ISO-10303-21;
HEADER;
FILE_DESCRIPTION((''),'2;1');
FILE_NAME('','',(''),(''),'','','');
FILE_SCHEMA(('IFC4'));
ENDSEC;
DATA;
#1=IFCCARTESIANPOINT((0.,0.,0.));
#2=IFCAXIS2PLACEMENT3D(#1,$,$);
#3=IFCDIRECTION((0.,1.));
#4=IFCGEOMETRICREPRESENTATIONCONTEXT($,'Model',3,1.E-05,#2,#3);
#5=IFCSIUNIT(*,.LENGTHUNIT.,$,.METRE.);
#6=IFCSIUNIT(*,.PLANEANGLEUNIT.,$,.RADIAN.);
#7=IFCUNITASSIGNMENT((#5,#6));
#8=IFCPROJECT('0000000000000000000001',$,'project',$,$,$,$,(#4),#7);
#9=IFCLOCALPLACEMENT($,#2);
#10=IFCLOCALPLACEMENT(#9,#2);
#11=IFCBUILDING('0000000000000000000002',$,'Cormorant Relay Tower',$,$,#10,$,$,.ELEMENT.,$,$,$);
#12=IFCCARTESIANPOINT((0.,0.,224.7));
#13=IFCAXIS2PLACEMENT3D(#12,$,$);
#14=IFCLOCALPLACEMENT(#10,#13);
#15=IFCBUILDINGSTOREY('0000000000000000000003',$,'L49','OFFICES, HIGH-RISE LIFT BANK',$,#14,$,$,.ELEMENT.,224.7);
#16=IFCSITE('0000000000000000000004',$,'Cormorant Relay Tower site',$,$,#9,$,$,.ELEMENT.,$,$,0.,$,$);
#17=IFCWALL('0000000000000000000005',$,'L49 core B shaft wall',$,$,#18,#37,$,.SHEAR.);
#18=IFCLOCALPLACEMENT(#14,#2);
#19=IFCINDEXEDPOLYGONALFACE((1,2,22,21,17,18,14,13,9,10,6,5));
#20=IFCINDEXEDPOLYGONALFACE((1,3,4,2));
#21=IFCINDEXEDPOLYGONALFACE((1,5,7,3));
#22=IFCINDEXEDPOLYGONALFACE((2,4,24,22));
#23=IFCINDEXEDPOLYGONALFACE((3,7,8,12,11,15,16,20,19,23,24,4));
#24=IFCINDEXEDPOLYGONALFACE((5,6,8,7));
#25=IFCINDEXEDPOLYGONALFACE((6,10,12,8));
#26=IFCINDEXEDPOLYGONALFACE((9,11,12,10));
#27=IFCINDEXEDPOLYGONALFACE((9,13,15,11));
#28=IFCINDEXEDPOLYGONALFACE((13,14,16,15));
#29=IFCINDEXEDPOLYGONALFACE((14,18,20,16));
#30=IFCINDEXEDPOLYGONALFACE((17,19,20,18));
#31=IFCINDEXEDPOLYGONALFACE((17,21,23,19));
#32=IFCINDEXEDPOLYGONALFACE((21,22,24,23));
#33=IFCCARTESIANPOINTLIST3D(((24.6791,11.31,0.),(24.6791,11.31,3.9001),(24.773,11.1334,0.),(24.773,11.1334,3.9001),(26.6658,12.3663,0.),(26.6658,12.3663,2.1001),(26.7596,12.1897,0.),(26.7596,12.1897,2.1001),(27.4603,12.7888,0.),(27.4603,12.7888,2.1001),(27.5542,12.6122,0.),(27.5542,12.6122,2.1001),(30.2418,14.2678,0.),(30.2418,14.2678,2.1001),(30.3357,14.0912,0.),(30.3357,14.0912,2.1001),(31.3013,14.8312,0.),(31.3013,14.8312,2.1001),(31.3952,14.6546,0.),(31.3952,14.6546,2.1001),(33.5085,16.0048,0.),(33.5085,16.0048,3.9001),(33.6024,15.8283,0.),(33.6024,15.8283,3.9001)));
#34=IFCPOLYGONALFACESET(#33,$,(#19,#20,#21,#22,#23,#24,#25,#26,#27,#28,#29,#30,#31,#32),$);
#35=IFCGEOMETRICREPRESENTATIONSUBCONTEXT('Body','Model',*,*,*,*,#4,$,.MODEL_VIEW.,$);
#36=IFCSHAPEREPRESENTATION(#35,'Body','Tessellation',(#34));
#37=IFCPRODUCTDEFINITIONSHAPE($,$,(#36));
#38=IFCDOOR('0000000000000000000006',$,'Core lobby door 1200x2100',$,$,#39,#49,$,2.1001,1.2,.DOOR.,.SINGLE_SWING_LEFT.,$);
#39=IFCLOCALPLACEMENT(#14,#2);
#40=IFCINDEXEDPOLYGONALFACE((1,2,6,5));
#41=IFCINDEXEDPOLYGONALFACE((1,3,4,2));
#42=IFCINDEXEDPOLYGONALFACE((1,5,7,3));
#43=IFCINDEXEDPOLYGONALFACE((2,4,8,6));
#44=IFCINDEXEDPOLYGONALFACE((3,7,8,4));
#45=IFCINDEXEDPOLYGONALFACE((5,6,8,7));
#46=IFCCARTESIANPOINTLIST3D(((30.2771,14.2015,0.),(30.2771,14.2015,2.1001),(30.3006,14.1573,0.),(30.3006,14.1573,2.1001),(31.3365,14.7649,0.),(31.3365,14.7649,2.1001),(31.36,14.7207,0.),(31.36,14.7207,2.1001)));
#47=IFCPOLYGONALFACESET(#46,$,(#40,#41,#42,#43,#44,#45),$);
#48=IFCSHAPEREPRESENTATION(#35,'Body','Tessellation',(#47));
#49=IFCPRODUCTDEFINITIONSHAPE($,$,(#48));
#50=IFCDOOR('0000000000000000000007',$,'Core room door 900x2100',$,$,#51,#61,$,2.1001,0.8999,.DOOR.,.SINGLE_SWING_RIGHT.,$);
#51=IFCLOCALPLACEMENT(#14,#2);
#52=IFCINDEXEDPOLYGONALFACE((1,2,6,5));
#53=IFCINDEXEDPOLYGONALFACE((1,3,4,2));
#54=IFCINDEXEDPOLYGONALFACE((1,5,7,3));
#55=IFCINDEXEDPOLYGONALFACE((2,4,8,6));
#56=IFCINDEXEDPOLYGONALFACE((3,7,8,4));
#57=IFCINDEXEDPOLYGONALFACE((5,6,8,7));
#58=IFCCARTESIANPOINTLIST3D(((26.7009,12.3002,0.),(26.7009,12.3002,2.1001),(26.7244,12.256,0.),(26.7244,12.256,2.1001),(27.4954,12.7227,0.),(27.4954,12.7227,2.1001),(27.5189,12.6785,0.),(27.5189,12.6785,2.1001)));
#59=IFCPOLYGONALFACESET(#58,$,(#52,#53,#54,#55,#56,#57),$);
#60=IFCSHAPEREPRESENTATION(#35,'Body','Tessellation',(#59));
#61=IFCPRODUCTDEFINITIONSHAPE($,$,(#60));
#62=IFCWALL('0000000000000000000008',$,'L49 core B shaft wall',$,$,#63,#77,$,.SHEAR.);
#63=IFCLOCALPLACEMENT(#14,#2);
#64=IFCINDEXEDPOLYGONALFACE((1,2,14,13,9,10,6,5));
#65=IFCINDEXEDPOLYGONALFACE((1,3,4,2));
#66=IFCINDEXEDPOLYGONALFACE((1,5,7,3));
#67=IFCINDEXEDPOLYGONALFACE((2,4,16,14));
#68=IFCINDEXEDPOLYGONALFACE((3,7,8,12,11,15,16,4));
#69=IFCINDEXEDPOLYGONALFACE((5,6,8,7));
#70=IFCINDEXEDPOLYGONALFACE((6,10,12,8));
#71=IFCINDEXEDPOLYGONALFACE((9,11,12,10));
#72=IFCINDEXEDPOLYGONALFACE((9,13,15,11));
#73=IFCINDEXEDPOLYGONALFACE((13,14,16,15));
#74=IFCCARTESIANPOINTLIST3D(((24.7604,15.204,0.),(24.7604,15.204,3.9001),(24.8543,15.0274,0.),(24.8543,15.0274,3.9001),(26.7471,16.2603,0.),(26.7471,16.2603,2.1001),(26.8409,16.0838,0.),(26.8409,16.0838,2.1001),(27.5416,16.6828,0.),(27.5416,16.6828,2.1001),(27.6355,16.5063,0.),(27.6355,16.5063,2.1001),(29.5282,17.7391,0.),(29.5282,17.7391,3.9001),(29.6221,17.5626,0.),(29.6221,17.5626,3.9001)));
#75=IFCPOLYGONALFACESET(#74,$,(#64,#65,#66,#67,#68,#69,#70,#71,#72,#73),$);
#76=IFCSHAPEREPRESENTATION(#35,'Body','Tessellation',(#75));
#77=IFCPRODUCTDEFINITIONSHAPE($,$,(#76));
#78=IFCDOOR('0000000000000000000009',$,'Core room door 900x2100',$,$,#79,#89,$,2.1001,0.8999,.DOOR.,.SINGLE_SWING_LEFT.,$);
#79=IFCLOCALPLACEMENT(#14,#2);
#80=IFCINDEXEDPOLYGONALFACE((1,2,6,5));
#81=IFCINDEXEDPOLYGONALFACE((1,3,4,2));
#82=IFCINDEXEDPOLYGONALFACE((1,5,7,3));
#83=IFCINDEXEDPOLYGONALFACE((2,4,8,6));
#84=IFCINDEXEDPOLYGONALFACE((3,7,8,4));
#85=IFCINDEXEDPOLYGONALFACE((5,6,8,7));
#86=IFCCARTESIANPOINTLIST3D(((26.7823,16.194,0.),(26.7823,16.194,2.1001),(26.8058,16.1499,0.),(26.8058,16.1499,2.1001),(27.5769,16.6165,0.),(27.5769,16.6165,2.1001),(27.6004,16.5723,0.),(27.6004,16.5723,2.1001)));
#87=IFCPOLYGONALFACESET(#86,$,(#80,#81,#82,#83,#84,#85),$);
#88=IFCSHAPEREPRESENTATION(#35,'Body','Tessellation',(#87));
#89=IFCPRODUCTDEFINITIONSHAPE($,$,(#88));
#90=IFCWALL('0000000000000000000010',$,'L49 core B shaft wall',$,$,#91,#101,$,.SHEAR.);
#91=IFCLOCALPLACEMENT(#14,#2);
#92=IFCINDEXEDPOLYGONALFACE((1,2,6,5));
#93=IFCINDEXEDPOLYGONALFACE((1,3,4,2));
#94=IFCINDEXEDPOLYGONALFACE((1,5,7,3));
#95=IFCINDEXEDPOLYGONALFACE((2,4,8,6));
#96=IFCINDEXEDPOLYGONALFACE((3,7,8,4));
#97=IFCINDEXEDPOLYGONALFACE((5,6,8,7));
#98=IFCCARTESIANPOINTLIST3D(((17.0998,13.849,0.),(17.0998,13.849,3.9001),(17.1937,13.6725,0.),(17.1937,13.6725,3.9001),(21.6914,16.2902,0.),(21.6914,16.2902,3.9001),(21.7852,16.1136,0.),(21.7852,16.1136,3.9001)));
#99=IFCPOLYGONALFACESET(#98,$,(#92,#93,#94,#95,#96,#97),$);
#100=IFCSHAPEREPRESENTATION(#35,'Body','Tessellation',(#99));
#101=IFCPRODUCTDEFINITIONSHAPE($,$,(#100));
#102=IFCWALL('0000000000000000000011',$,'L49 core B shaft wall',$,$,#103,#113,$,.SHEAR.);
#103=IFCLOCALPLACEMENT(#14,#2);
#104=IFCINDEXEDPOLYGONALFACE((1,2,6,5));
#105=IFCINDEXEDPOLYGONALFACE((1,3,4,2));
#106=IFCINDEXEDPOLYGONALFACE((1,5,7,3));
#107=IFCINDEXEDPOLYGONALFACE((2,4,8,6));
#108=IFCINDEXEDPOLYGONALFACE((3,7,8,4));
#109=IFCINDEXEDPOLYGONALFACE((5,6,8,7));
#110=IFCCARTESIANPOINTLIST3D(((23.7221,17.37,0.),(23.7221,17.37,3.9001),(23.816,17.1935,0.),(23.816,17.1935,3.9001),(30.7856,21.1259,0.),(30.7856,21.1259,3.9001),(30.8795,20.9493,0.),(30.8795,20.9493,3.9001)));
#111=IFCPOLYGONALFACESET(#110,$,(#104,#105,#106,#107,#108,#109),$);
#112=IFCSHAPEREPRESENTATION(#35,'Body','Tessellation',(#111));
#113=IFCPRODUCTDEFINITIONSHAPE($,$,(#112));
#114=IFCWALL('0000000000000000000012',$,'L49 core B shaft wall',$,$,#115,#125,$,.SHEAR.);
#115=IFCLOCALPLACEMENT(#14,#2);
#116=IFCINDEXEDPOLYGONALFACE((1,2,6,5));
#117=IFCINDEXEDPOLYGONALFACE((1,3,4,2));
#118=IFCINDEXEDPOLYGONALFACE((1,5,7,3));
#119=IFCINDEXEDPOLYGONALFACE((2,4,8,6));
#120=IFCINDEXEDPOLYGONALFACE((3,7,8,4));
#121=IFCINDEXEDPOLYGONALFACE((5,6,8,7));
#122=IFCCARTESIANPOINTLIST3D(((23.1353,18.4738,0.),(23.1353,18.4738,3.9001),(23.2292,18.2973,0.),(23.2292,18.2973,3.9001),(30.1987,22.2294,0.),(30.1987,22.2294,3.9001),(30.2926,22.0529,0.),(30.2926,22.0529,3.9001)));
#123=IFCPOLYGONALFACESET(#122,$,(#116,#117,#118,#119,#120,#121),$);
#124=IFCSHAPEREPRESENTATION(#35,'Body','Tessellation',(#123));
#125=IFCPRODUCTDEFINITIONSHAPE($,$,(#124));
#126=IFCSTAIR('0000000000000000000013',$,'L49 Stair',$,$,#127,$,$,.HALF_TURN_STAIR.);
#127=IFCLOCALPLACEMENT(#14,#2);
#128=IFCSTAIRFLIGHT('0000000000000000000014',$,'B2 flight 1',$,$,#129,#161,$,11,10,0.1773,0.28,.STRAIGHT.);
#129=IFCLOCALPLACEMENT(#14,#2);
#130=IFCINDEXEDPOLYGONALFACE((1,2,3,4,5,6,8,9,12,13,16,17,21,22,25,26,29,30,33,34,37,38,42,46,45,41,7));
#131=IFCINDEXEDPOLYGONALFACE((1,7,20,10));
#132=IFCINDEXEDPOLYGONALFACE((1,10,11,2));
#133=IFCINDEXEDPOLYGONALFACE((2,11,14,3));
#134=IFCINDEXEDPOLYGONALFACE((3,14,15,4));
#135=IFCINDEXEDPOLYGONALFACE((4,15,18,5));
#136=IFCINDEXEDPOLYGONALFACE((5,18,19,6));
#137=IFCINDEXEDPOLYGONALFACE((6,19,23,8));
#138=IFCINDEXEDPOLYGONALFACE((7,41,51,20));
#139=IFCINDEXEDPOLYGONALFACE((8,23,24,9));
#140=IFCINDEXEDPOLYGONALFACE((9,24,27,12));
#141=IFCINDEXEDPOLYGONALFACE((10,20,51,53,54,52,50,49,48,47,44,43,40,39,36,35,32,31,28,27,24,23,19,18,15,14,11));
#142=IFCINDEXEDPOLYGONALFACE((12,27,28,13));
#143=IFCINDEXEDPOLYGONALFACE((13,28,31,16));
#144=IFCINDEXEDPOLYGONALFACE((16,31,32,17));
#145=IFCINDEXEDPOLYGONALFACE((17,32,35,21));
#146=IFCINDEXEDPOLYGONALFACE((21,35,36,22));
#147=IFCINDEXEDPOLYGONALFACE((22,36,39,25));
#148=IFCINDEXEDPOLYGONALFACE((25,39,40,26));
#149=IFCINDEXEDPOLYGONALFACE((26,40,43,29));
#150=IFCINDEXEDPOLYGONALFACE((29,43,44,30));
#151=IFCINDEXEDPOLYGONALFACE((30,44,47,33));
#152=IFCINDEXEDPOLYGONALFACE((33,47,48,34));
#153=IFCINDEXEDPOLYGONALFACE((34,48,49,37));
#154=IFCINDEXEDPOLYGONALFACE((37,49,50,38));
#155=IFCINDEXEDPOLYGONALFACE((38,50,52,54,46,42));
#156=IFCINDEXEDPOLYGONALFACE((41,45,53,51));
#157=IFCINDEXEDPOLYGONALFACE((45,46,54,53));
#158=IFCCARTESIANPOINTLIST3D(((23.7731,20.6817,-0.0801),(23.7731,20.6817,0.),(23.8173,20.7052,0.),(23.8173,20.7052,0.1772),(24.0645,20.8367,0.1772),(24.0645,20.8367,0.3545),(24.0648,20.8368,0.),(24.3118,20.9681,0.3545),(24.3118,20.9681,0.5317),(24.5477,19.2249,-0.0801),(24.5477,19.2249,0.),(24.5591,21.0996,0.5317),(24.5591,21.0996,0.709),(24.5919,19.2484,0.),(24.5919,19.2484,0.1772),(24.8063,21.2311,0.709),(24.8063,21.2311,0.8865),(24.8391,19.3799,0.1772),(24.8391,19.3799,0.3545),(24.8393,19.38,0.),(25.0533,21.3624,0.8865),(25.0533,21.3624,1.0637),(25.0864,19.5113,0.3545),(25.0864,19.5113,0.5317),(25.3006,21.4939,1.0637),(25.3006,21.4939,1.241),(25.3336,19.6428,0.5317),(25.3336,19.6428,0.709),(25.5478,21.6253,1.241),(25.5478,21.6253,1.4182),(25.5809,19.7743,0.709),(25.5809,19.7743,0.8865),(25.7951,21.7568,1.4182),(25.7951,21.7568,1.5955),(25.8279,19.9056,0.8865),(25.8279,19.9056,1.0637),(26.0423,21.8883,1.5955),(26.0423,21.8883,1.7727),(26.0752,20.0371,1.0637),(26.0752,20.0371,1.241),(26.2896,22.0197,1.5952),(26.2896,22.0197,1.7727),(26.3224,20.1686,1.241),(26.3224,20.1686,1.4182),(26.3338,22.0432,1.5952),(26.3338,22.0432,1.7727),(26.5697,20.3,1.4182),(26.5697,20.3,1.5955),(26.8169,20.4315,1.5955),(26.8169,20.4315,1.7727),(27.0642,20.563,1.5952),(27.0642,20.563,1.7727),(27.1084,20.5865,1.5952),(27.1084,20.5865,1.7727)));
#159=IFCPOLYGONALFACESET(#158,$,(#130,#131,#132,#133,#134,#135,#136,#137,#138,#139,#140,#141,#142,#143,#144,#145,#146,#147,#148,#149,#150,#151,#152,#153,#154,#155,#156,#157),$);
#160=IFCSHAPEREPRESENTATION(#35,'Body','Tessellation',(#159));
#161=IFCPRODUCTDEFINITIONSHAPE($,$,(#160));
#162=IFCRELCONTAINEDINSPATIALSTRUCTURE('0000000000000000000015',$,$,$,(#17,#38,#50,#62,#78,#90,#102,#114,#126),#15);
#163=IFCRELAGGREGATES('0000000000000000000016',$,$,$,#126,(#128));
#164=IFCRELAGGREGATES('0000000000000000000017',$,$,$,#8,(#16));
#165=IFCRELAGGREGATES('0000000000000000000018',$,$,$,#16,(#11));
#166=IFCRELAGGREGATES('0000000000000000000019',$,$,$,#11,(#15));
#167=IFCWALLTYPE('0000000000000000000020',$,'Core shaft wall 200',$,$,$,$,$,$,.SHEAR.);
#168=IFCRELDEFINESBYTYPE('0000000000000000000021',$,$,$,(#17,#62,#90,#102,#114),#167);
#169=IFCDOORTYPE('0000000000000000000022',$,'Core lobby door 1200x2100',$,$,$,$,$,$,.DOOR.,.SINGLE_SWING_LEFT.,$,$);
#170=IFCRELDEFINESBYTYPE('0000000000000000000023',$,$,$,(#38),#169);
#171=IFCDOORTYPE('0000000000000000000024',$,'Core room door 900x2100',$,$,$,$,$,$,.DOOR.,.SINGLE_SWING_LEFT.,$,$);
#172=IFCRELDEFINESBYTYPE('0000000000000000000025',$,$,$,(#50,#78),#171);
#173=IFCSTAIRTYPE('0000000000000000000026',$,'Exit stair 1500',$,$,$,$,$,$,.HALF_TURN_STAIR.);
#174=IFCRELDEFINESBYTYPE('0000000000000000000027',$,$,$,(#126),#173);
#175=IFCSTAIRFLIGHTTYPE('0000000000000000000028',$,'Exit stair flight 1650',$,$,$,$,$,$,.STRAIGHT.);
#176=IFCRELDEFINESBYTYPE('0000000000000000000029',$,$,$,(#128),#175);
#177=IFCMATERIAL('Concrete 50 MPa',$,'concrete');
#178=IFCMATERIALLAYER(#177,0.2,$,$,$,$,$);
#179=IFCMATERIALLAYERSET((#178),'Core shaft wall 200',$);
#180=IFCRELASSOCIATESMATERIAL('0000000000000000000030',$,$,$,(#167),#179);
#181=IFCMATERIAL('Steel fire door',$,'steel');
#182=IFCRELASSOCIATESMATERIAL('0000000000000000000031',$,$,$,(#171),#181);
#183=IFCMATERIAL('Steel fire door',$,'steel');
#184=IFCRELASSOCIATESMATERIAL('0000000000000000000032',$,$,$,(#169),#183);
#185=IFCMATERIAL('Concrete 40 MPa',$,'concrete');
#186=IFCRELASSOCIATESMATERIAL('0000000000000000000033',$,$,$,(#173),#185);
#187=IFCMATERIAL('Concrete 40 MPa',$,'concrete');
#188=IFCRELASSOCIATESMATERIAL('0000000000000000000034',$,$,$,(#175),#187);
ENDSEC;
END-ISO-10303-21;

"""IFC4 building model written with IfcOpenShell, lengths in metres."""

from ifc_helpers import new_model, si_unit, direction, frame, frame_2d, origin, place, context, subcontext, project, spatial, polyline, rectangle, outline, extrude, material, layer, layer_set, type_object, element, fill, aggregate, save


model = new_model("IFC4")

# Units and contexts
model_context = context("Model", 3, precision=1e-05, world=origin(), true_north=direction((0.0, 1.0)))
body_context = subcontext(model_context, "Body", "Model", "MODEL_VIEW")
ifc_project = project(units=[si_unit("LENGTHUNIT", "METRE"), si_unit("PLANEANGLEUNIT", "RADIAN")], contexts=[model_context])

# Site, building, storey
site_placement = place(None, origin())
site = spatial("IfcSite", under=ifc_project, at=site_placement, Name="Cormorant Relay Tower site", CompositionType="ELEMENT", RefElevation=0.0)
building_placement = place(site_placement, origin())
building = spatial("IfcBuilding", under=site, at=building_placement, Name="Cormorant Relay Tower", CompositionType="ELEMENT")
storey_placement = place(building_placement, frame((0.0, 0.0, 224.7)))
storey = spatial("IfcBuildingStorey", under=building, at=storey_placement, Name="L49", Description="OFFICES, HIGH-RISE LIFT BANK", CompositionType="ELEMENT", Elevation=224.7)

# Shared definitions
ifc_material_1 = material(Name="Concrete 50 MPa", Category="concrete")
ifc_layer = layer(ifc_material_1, 0.2)
ifc_layer_set = layer_set([ifc_layer], Name="Core shaft wall 200")
wall_type = type_object("IfcWallType", Name="Core shaft wall 200", PredefinedType="SHEAR", material=ifc_layer_set)

# Shared definitions
ifc_material_2 = material(Name="Steel fire door", Category="steel")
door_type_1 = type_object("IfcDoorType", Name="Core room door 900x2100", OperationType="SINGLE_SWING_LEFT", PredefinedType="DOOR", material=ifc_material_2)

# Wall, openings, doors
wall_1_placement = place(storey_placement, frame((24.7261, 11.2217, 0.0), z_axis=(0.0, 0.0, 1.0), x_axis=(0.88294, 0.469485, 0.0)))
wall_1 = element("IfcWall", 1, at=wall_1_placement, inside=storey, type_object=wall_type, Name="L49 core B shaft wall", PredefinedType="SHEAR", context=body_context, shape_type="SweptSolid", body=[
    extrude(rectangle(XDim=10.0, YDim=0.2, at=frame_2d((5.0, 0.0))), origin(), (0.0, 0.0, 1.0), 3.9001),
])
opening_1_placement = place(wall_1_placement, frame((6.3, 0.0, 0.0)))
opening_1 = element("IfcOpeningElement", 2, at=opening_1_placement, cuts=wall_1, PredefinedType="OPENING", context=body_context, shape_type="SweptSolid", body=[
    extrude(rectangle(XDim=1.2, YDim=2.1001, at=frame_2d((0.6001, 1.05))), frame((0.0, 0.1099, 0.0), z_axis=(0.0, -1.0, 0.0), x_axis=(1.0, 0.0, 0.0)), (0.0, 0.0, 1.0), 0.22),
])
opening_2_placement = place(wall_1_placement, frame((2.25, 0.0, 0.0)))
opening_2 = element("IfcOpeningElement", 3, at=opening_2_placement, cuts=wall_1, PredefinedType="OPENING", context=body_context, shape_type="SweptSolid", body=[
    extrude(rectangle(XDim=0.8999, YDim=2.1001, at=frame_2d((0.45, 1.05))), frame((0.0, 0.1099, 0.0), z_axis=(0.0, -1.0, 0.0), x_axis=(1.0, 0.0, 0.0)), (0.0, 0.0, 1.0), 0.22),
])
ifc_material_3 = material(Name="Steel fire door", Category="steel")
door_type_2 = type_object("IfcDoorType", Name="Core lobby door 1200x2100", OperationType="SINGLE_SWING_LEFT", PredefinedType="DOOR", material=ifc_material_3)
door_1_placement = place(opening_1_placement, origin())
door_1 = element("IfcDoor", 4, at=door_1_placement, inside=storey, type_object=door_type_2, Name="Core lobby door 1200x2100", OperationType="SINGLE_SWING_LEFT", OverallHeight=2.1001, OverallWidth=1.2, PredefinedType="DOOR", context=body_context, shape_type="SweptSolid", body=[
    extrude(rectangle(XDim=1.2, YDim=2.1001, at=frame_2d((0.6001, 1.05))), frame((0.0, 0.0249, 0.0), z_axis=(0.0, -1.0, 0.0), x_axis=(1.0, 0.0, 0.0)), (0.0, 0.0, 1.0), 0.05),
])
fill(opening_1, door_1)
door_2_placement = place(opening_2_placement, frame((0.8999, 0.0, 0.0), z_axis=(0.0, 0.0, 1.0), x_axis=(-1.0, 0.0, 0.0)))
door_2 = element("IfcDoor", 5, at=door_2_placement, inside=storey, type_object=door_type_1, Name="Core room door 900x2100", OperationType="SINGLE_SWING_RIGHT", OverallHeight=2.1001, OverallWidth=0.8999, PredefinedType="DOOR", context=body_context, shape_type="SweptSolid", body=[
    extrude(rectangle(XDim=0.8999, YDim=2.1001, at=frame_2d((0.45, 1.05))), frame((0.0, 0.0249, 0.0), z_axis=(0.0, -1.0, 0.0), x_axis=(1.0, 0.0, 0.0)), (0.0, 0.0, 1.0), 0.05),
])
fill(opening_2, door_2)

# Wall, opening, door
wall_2_placement = place(storey_placement, frame((24.8074, 15.1157, 0.0), z_axis=(0.0, 0.0, 1.0), x_axis=(0.882943, 0.46948, 0.0)))
wall_2 = element("IfcWall", 6, at=wall_2_placement, inside=storey, type_object=wall_type, Name="L49 core B shaft wall", PredefinedType="SHEAR", context=body_context, shape_type="SweptSolid", body=[
    extrude(rectangle(XDim=5.3999, YDim=0.2, at=frame_2d((2.7, 0.0))), origin(), (0.0, 0.0, 1.0), 3.9001),
])
opening_3_placement = place(wall_2_placement, frame((2.25, 0.0, 0.0)))
opening_3 = element("IfcOpeningElement", 7, at=opening_3_placement, cuts=wall_2, PredefinedType="OPENING", context=body_context, shape_type="SweptSolid", body=[
    extrude(rectangle(XDim=0.8999, YDim=2.1001, at=frame_2d((0.45, 1.05))), frame((0.0, 0.1099, 0.0), z_axis=(0.0, -1.0, 0.0), x_axis=(1.0, 0.0, 0.0)), (0.0, 0.0, 1.0), 0.22),
])
door_3_placement = place(opening_3_placement, origin())
door_3 = element("IfcDoor", 8, at=door_3_placement, inside=storey, type_object=door_type_1, Name="Core room door 900x2100", OperationType="SINGLE_SWING_LEFT", OverallHeight=2.1001, OverallWidth=0.8999, PredefinedType="DOOR", context=body_context, shape_type="SweptSolid", body=[
    extrude(rectangle(XDim=0.8999, YDim=2.1001, at=frame_2d((0.45, 1.05))), frame((0.0, 0.0249, 0.0), z_axis=(0.0, -1.0, 0.0), x_axis=(1.0, 0.0, 0.0)), (0.0, 0.0, 1.0), 0.05),
])
fill(opening_3, door_3)

# Walls
wall_3_placement = place(storey_placement, frame((17.1467, 13.7607, 0.0), z_axis=(0.0, 0.0, 1.0), x_axis=(0.882964, 0.46944, 0.0)))
element("IfcWall", 9, at=wall_3_placement, inside=storey, type_object=wall_type, Name="L49 core B shaft wall", PredefinedType="SHEAR", context=body_context, shape_type="SweptSolid", body=[
    extrude(rectangle(XDim=5.2002, YDim=0.2, at=frame_2d((2.6001, 0.0))), origin(), (0.0, 0.0, 1.0), 3.9001),
])
wall_4_placement = place(storey_placement, frame((23.769, 17.2817, 0.0), z_axis=(0.0, 0.0, 1.0), x_axis=(0.88294, 0.469485, 0.0)))
element("IfcWall", 10, at=wall_4_placement, inside=storey, type_object=wall_type, Name="L49 core B shaft wall", PredefinedType="SHEAR", context=body_context, shape_type="SweptSolid", body=[
    extrude(rectangle(XDim=8.0, YDim=0.2, at=frame_2d((4.0, 0.0))), origin(), (0.0, 0.0, 1.0), 3.9001),
])
wall_5_placement = place(storey_placement, frame((23.1821, 18.3855, 0.0), z_axis=(0.0, 0.0, 1.0), x_axis=(0.882953, 0.469462, 0.0)))
element("IfcWall", 11, at=wall_5_placement, inside=storey, type_object=wall_type, Name="L49 core B shaft wall", PredefinedType="SHEAR", context=body_context, shape_type="SweptSolid", body=[
    extrude(rectangle(XDim=7.9998, YDim=0.2, at=frame_2d((4.0, 0.0))), origin(), (0.0, 0.0, 1.0), 3.9001),
])

# Stair, stair flight
ifc_material_4 = material(Name="Concrete 40 MPa", Category="concrete")
stair_type = type_object("IfcStairType", Name="Exit stair 1500", PredefinedType="HALF_TURN_STAIR", material=ifc_material_4)
stair_placement = place(storey_placement, origin())
stair = element("IfcStair", 12, at=stair_placement, inside=storey, type_object=stair_type, Name="L49 Stair", PredefinedType="HALF_TURN_STAIR")
ifc_material_5 = material(Name="Concrete 40 MPa", Category="concrete")
stair_flight_type = type_object("IfcStairFlightType", Name="Exit stair flight 1650", PredefinedType="STRAIGHT", material=ifc_material_5)
stair_flight_placement = place(storey_placement, frame((24.2046, 19.9768, 0.0), z_axis=(0.0, 0.0, 1.0), x_axis=(0.882948, 0.469472, 0.0)))
stair_flight = element("IfcStairFlight", 13, at=stair_flight_placement, type_object=stair_flight_type, Name="B2 flight 1", NumberOfRisers=11, NumberOfTreads=10, PredefinedType="STRAIGHT", RiserHeight=0.1773, TreadLength=0.28, context=body_context, shape_type="SweptSolid", body=[
    extrude(outline(polyline([(-0.05, -0.0801), (-0.05, 0.0), (0.0, 0.0), (0.0, 0.1772), (0.28, 0.1772), (0.28, 0.3545), (0.5601, 0.3545), (0.5601, 0.5317), (0.8401, 0.5317), (0.8401, 0.709), (1.1201, 0.709), (1.1201, 0.8865), (1.3999, 0.8865), (1.3999, 1.0637), (1.6799, 1.0637), (1.6799, 1.241), (1.96, 1.241), (1.96, 1.4182), (2.24, 1.4182), (2.24, 1.5955), (2.52, 1.5955), (2.52, 1.7727), (2.8, 1.7727), (2.8501, 1.7727), (2.8501, 1.5952), (2.8, 1.5952), (0.2803, 0.0), (-0.05, -0.0801)])), frame((0.0, 0.825, 0.0), z_axis=(0.0, -1.0, 0.0), x_axis=(1.0, 0.0, 0.0)), (0.0, 0.0, 1.0), 1.6499),
])
aggregate(stair, [stair_flight])

save(model, "model.ifc")
